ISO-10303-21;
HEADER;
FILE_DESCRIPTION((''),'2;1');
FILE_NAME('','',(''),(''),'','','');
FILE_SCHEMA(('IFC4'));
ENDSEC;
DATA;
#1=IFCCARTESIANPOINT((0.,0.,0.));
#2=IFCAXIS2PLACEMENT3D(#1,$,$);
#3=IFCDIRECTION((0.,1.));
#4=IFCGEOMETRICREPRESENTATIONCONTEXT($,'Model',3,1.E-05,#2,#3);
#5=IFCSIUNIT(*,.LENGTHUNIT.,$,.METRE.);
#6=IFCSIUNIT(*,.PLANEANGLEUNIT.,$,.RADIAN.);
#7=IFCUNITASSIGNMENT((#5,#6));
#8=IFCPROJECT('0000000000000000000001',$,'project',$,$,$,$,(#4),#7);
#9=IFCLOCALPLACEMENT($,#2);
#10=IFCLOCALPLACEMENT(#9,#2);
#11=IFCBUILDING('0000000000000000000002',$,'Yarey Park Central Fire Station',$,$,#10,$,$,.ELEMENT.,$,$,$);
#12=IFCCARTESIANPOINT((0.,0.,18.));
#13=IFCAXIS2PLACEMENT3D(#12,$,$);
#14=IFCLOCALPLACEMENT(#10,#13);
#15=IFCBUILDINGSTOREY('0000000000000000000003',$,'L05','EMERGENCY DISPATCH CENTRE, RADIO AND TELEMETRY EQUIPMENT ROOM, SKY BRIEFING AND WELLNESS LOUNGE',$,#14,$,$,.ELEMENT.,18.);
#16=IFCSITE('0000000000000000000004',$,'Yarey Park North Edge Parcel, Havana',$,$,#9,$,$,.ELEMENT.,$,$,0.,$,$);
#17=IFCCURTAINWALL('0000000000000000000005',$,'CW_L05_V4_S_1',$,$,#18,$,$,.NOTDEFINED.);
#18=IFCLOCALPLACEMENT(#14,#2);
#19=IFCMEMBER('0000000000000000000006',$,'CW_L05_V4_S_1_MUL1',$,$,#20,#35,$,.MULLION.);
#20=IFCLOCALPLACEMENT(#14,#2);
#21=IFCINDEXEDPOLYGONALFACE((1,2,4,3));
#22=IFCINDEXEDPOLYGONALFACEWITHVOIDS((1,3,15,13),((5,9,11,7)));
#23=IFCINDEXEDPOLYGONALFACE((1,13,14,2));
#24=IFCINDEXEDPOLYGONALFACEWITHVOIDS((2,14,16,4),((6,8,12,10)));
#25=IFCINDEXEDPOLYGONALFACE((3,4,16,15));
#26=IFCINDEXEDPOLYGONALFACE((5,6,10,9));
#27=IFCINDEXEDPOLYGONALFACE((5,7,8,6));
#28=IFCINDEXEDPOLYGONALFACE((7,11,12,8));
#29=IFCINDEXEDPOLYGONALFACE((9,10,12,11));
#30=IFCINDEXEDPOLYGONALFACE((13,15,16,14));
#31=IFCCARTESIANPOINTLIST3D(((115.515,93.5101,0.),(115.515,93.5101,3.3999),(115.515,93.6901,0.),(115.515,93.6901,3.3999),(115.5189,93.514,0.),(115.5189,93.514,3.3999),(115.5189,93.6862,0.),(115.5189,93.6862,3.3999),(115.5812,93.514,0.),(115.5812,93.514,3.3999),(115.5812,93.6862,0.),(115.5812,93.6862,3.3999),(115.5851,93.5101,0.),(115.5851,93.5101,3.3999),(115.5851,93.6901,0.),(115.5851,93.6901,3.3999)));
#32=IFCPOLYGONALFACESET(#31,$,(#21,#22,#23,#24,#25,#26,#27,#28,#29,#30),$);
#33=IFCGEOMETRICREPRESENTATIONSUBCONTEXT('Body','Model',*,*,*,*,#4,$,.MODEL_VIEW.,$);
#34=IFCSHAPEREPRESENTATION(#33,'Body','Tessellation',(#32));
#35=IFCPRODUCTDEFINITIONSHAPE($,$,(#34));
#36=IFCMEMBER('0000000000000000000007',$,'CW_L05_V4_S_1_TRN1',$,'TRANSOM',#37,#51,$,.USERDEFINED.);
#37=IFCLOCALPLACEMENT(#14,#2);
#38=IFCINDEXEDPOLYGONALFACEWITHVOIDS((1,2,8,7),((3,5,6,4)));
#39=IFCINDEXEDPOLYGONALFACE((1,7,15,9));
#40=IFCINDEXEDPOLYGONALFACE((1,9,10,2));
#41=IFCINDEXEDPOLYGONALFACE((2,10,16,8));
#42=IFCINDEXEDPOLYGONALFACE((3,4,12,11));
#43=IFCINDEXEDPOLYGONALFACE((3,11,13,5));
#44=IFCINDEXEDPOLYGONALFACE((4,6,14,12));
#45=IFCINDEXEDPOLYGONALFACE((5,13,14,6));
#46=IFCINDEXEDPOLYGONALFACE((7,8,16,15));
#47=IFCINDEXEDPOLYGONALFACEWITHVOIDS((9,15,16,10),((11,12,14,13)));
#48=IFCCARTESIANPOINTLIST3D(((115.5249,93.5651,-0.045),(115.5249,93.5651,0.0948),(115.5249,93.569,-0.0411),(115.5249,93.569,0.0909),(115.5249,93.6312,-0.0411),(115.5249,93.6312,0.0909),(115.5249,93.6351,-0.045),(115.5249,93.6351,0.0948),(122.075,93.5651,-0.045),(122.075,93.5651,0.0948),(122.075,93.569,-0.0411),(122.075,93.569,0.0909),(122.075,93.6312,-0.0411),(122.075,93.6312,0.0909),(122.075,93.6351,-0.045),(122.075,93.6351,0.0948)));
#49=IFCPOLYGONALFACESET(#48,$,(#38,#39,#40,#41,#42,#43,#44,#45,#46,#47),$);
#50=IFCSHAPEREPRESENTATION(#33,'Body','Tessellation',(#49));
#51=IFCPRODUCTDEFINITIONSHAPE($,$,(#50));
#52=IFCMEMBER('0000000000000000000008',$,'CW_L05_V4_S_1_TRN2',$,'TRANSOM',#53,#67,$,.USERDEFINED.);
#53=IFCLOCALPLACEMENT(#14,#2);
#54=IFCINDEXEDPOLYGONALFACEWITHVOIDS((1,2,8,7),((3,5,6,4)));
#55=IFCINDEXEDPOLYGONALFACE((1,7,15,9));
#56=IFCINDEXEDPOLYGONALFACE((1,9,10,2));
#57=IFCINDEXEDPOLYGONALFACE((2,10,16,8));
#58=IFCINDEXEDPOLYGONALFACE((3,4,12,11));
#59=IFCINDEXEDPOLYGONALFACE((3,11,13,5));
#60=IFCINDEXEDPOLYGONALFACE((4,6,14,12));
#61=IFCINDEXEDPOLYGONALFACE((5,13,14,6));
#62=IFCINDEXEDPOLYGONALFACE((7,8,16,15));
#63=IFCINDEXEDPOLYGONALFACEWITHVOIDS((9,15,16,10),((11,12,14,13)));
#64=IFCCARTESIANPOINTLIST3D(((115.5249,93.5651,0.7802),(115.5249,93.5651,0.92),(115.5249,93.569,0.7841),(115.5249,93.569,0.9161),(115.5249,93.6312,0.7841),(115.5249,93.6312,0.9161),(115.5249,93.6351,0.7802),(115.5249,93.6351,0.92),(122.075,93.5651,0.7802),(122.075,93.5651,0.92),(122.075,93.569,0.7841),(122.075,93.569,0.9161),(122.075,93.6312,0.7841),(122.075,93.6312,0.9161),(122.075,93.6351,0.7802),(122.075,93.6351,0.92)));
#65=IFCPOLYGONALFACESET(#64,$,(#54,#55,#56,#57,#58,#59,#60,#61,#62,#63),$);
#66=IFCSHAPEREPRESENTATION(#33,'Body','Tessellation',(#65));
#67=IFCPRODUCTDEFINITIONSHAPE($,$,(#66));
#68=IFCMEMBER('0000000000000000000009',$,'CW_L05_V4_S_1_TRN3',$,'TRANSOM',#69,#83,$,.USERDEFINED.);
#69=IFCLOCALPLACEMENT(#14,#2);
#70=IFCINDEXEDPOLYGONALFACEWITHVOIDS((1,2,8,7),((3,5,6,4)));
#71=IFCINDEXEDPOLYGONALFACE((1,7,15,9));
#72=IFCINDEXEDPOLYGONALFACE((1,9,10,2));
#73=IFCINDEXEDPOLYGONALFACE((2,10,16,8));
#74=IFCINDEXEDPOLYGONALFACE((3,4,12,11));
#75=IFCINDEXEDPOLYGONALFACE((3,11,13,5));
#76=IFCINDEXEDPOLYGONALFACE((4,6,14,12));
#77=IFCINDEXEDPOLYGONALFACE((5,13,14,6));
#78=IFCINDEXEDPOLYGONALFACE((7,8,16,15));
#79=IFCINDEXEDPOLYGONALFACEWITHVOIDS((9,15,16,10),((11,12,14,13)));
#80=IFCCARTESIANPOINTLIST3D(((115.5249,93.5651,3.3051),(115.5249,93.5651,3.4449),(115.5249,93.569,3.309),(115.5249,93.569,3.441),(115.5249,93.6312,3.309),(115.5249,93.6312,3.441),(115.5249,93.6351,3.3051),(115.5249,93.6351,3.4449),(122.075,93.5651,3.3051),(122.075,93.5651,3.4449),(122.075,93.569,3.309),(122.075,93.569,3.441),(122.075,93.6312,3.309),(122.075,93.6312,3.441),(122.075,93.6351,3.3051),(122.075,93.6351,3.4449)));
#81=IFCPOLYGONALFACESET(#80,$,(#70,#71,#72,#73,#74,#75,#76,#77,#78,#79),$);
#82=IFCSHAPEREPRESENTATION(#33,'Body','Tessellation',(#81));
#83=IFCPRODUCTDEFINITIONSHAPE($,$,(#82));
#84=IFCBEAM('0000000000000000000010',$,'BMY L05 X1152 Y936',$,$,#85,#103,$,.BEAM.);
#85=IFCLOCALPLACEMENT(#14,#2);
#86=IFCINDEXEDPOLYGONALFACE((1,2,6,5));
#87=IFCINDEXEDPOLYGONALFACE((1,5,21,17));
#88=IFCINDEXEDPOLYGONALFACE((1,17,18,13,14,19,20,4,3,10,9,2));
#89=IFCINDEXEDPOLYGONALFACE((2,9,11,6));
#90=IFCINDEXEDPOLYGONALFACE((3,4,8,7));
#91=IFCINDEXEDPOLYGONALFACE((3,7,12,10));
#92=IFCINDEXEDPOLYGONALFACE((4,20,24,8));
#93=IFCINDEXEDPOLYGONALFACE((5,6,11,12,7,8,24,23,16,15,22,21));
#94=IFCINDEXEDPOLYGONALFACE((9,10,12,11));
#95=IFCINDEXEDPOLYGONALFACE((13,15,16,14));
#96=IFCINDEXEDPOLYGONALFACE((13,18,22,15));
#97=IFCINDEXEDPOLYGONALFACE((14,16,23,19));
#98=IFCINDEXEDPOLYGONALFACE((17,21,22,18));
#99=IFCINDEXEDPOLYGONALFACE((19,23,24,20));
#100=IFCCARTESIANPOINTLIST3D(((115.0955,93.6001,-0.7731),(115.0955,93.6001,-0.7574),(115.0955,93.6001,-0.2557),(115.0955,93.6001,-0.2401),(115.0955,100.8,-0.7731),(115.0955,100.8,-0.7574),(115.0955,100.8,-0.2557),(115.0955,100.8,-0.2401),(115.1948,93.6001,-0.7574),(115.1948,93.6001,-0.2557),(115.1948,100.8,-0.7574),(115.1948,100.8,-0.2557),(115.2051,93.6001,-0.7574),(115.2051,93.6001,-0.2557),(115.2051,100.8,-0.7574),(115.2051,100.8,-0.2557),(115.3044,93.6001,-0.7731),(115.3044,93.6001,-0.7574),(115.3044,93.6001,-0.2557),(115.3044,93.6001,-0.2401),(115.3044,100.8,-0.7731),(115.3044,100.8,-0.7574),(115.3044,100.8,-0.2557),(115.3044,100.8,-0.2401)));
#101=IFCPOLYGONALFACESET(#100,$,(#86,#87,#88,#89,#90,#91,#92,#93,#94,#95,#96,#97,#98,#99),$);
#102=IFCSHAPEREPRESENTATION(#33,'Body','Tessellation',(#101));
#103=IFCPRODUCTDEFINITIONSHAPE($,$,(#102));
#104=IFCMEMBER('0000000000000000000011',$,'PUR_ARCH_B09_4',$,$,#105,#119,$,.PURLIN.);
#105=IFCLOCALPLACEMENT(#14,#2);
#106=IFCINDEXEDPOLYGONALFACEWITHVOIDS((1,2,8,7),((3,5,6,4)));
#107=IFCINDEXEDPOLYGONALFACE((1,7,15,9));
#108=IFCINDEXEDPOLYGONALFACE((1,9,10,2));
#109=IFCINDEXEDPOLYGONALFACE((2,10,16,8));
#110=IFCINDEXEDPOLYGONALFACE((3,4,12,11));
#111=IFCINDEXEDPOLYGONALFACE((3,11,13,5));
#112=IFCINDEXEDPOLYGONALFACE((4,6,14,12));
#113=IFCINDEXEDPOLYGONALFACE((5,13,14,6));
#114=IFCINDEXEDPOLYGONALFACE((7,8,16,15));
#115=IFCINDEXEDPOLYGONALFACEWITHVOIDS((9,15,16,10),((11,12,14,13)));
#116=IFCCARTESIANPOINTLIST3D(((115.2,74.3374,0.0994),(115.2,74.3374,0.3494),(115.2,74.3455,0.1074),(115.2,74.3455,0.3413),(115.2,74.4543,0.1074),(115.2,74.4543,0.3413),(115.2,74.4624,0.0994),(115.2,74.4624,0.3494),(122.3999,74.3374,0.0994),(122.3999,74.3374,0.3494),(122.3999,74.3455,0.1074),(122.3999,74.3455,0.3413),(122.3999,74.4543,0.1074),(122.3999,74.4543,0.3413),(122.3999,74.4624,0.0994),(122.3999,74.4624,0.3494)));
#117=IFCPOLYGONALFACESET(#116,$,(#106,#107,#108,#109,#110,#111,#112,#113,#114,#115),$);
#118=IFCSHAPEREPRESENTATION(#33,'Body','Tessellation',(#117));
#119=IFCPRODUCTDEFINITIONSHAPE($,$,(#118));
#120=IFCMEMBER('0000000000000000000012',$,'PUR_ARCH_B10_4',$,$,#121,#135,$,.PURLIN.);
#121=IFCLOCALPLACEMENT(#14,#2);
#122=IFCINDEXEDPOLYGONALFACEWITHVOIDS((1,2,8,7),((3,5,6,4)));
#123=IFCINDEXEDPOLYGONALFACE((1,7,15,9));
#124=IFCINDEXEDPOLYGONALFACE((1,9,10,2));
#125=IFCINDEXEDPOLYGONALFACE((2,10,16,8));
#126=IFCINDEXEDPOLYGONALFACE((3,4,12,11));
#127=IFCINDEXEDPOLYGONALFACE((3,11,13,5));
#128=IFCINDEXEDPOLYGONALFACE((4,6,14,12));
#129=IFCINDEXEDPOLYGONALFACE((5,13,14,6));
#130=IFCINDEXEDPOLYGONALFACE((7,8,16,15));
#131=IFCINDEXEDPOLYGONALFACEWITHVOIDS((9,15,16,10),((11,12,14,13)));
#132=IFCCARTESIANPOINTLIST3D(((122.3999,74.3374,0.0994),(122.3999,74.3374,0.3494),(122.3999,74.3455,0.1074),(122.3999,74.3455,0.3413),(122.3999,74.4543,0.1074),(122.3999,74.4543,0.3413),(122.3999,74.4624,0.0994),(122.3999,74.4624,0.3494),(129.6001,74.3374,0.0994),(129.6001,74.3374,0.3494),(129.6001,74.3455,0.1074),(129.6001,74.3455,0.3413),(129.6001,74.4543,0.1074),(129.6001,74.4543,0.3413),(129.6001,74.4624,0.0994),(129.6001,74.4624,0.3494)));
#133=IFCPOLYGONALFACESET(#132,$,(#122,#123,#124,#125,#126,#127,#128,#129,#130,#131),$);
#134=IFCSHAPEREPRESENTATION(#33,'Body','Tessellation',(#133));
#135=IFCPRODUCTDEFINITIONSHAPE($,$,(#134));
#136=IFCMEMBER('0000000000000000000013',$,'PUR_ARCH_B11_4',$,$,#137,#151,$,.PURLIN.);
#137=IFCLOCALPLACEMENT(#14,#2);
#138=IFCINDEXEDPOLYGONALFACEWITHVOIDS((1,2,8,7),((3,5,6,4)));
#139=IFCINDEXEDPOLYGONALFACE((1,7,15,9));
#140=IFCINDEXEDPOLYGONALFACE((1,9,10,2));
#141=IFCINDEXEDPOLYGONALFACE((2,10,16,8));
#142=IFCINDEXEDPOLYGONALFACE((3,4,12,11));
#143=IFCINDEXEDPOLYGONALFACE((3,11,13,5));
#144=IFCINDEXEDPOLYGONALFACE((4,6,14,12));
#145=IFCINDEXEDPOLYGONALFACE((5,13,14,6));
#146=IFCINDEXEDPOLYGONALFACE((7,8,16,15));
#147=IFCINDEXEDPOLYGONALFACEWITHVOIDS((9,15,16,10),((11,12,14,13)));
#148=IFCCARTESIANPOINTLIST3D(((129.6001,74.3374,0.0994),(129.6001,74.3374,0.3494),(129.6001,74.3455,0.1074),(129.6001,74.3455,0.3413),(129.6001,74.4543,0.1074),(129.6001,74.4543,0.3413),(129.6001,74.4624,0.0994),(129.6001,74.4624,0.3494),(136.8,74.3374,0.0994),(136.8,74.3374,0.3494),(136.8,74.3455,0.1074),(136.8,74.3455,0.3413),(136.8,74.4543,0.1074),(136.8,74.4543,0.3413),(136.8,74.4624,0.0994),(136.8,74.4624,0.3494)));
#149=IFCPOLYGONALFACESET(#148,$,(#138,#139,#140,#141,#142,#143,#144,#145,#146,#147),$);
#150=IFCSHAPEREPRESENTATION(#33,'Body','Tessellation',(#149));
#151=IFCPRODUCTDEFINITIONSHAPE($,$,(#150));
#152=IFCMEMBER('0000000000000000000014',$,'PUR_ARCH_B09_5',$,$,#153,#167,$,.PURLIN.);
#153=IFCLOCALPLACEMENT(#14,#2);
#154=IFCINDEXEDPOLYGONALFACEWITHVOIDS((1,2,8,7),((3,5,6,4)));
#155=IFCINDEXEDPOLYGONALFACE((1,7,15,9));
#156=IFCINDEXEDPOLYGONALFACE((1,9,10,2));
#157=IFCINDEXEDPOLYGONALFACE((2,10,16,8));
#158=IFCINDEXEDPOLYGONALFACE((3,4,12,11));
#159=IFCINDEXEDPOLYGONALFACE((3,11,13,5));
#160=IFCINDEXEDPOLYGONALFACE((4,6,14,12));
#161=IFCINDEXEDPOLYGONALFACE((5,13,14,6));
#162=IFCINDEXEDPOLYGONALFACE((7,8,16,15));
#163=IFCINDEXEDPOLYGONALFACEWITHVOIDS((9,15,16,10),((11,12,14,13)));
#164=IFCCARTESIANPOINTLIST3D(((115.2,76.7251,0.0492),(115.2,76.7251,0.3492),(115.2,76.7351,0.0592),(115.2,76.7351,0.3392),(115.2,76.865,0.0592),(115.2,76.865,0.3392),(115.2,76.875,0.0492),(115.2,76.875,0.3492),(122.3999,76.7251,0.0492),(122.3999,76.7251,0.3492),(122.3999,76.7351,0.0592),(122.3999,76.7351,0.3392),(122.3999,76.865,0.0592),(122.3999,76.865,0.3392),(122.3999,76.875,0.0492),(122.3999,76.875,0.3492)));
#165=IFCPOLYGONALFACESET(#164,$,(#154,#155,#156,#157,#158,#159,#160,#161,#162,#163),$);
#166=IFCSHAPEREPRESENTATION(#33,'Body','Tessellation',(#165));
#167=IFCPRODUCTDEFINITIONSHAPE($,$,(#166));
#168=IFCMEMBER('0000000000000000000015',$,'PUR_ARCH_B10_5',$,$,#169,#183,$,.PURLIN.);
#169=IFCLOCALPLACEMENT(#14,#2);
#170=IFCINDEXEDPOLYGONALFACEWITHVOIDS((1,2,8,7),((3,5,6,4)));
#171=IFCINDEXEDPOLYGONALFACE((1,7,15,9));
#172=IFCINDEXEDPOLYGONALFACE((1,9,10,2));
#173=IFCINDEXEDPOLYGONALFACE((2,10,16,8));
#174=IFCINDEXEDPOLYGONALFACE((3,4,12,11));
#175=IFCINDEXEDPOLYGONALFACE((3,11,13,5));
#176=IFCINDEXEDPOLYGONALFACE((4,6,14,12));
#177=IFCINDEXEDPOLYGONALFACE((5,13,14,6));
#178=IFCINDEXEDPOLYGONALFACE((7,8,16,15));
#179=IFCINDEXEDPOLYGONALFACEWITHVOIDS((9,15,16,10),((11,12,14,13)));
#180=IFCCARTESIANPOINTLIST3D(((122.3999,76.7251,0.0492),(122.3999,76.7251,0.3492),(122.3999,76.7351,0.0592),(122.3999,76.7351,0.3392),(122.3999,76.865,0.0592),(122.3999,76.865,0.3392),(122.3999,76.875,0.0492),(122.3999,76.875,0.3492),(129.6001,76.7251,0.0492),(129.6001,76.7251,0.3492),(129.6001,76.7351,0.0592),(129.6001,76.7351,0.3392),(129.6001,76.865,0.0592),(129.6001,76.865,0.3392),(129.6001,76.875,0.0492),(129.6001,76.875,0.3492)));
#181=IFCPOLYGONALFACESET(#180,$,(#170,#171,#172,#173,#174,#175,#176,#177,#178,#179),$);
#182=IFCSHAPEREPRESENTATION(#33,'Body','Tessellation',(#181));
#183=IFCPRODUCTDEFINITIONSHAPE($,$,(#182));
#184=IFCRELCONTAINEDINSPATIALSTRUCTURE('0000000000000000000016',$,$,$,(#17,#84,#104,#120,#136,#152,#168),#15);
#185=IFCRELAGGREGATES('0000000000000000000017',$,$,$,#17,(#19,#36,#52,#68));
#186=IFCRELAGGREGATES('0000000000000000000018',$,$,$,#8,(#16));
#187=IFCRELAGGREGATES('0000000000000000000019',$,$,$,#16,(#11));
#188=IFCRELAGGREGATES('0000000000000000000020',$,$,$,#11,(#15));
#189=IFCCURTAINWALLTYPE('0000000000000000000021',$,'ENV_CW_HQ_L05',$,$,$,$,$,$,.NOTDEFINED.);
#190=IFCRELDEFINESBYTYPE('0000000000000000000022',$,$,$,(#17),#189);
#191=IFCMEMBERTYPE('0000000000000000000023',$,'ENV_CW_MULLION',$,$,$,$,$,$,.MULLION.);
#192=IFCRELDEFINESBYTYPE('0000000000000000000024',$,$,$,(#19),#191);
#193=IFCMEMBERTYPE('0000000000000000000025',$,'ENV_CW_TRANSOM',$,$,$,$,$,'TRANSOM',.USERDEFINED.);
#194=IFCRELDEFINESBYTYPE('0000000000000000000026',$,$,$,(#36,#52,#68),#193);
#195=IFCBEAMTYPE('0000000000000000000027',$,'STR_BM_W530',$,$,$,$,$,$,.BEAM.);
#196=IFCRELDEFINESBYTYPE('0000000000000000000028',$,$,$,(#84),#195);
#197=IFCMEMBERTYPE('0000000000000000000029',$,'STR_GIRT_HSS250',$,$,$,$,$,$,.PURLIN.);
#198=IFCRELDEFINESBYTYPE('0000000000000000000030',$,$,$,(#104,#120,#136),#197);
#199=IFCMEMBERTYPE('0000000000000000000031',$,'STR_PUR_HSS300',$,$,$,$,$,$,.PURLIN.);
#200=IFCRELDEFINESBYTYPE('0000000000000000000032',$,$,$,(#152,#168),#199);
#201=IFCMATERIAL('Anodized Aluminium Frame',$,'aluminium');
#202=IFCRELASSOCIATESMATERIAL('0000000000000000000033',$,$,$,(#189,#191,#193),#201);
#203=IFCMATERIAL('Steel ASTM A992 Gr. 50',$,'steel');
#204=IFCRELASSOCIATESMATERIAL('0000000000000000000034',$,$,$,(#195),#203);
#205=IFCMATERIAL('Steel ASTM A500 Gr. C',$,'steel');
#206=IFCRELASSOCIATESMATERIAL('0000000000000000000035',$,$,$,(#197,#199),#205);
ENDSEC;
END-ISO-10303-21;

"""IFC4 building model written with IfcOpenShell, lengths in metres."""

from ifc_helpers import new_model, si_unit, direction, frame, origin, origin_2d, place, context, subcontext, project, spatial, hollow_rectangle, i_section, extrude, material, material_profile, profile_set, type_object, element, aggregate, save


model = new_model("IFC4")

# Units and contexts
model_context = context("Model", 3, precision=1e-05, world=origin(), true_north=direction((0.0, 1.0)))
body_context = subcontext(model_context, "Body", "Model", "MODEL_VIEW")
ifc_project = project(units=[si_unit("LENGTHUNIT", "METRE"), si_unit("PLANEANGLEUNIT", "RADIAN")], contexts=[model_context])

# Site, building, storey
site_placement = place(None, origin())
site = spatial("IfcSite", under=ifc_project, at=site_placement, Name="Yarey Park North Edge Parcel, Havana", CompositionType="ELEMENT", RefElevation=0.0)
building_placement = place(site_placement, origin())
building = spatial("IfcBuilding", under=site, at=building_placement, Name="Yarey Park Central Fire Station", CompositionType="ELEMENT")
storey_placement = place(building_placement, frame((0.0, 0.0, 18.0)))
storey = spatial("IfcBuildingStorey", under=building, at=storey_placement, Name="L05", Description="EMERGENCY DISPATCH CENTRE, RADIO AND TELEMETRY EQUIPMENT ROOM, SKY BRIEFING AND WELLNESS LOUNGE", CompositionType="ELEMENT", Elevation=18.0)

# Curtain wall, members
ifc_material_1 = material(Name="Anodized Aluminium Frame", Category="aluminium")
curtain_wall_type = type_object("IfcCurtainWallType", Name="ENV_CW_HQ_L05", PredefinedType="NOTDEFINED", material=ifc_material_1)
curtain_wall_placement = place(storey_placement, origin())
curtain_wall = element("IfcCurtainWall", 1, at=curtain_wall_placement, inside=storey, type_object=curtain_wall_type, Name="CW_L05_V4_S_1", PredefinedType="NOTDEFINED")
ifc_material_profile_1 = material_profile(ifc_material_1, hollow_rectangle(XDim=0.0701, YDim=0.1799, WallThickness=0.0039, at=origin_2d()), Name="ALU 180x70x4")
ifc_profile_set_1 = profile_set([ifc_material_profile_1], Name="Anodized Aluminium Frame")
member_type_1 = type_object("IfcMemberType", Name="ENV_CW_MULLION", PredefinedType="MULLION", material=ifc_profile_set_1)
member_1_placement = place(storey_placement, frame((115.55, 93.6001, 0.0), z_axis=(0.0, 0.0, 1.0), x_axis=(1.0, 0.0, 0.0)))
member_1 = element("IfcMember", 2, at=member_1_placement, type_object=member_type_1, Name="CW_L05_V4_S_1_MUL1", PredefinedType="MULLION", context=body_context, shape_type="SweptSolid", body=[
    extrude(hollow_rectangle(XDim=0.0701, YDim=0.1799, WallThickness=0.0039, at=origin_2d()), origin(), (0.0, 0.0, 1.0), 3.3999),
])
ifc_material_profile_2 = material_profile(ifc_material_1, hollow_rectangle(XDim=0.0701, YDim=0.1399, WallThickness=0.0039, at=origin_2d()), Name="ALU 140x70x4")
ifc_profile_set_2 = profile_set([ifc_material_profile_2], Name="Anodized Aluminium Frame")
member_type_2 = type_object("IfcMemberType", Name="ENV_CW_TRANSOM", ElementType="TRANSOM", PredefinedType="USERDEFINED", material=ifc_profile_set_2)
member_2_placement = place(storey_placement, frame((115.5249, 93.6001, 0.0249), z_axis=(1.0, 0.0, 0.0), x_axis=(0.0, 1.0, 0.0)))
member_2 = element("IfcMember", 3, at=member_2_placement, type_object=member_type_2, Name="CW_L05_V4_S_1_TRN1", ObjectType="TRANSOM", PredefinedType="USERDEFINED", context=body_context, shape_type="SweptSolid", body=[
    extrude(hollow_rectangle(XDim=0.0701, YDim=0.1399, WallThickness=0.0039, at=origin_2d()), origin(), (0.0, 0.0, 1.0), 6.55),
])
member_3_placement = place(storey_placement, frame((115.5249, 93.6001, 0.8501), z_axis=(1.0, 0.0, 0.0), x_axis=(0.0, 1.0, 0.0)))
member_3 = element("IfcMember", 4, at=member_3_placement, type_object=member_type_2, Name="CW_L05_V4_S_1_TRN2", ObjectType="TRANSOM", PredefinedType="USERDEFINED", context=body_context, shape_type="SweptSolid", body=[
    extrude(hollow_rectangle(XDim=0.0701, YDim=0.1399, WallThickness=0.0039, at=origin_2d()), origin(), (0.0, 0.0, 1.0), 6.55),
])
member_4_placement = place(storey_placement, frame((115.5249, 93.6001, 3.375), z_axis=(1.0, 0.0, 0.0), x_axis=(0.0, 1.0, 0.0)))
member_4 = element("IfcMember", 5, at=member_4_placement, type_object=member_type_2, Name="CW_L05_V4_S_1_TRN3", ObjectType="TRANSOM", PredefinedType="USERDEFINED", context=body_context, shape_type="SweptSolid", body=[
    extrude(hollow_rectangle(XDim=0.0701, YDim=0.1399, WallThickness=0.0039, at=origin_2d()), origin(), (0.0, 0.0, 1.0), 6.55),
])

# Beam
ifc_material_2 = material(Name="Steel ASTM A992 Gr. 50", Category="steel")
ifc_material_profile_3 = material_profile(ifc_material_2, i_section(OverallWidth=0.209, OverallDepth=0.533, WebThickness=0.0103, FlangeThickness=0.0156, at=origin_2d()), Name="W530x92")
ifc_profile_set_3 = profile_set([ifc_material_profile_3], Name="Steel ASTM A992 Gr. 50")
beam_type = type_object("IfcBeamType", Name="STR_BM_W530", PredefinedType="BEAM", material=ifc_profile_set_3)
beam_placement = place(storey_placement, frame((115.2, 93.6001, -0.5066), z_axis=(0.0, 1.0, 0.0), x_axis=(-1.0, 0.0, 0.0)))
element("IfcBeam", 6, at=beam_placement, inside=storey, type_object=beam_type, Name="BMY L05 X1152 Y936", PredefinedType="BEAM", context=body_context, shape_type="SweptSolid", body=[
    extrude(i_section(OverallWidth=0.209, OverallDepth=0.533, WebThickness=0.0103, FlangeThickness=0.0156, at=origin_2d()), origin(), (0.0, 0.0, 1.0), 7.2),
])

# Members
ifc_material_3 = material(Name="Steel ASTM A500 Gr. C", Category="steel")
ifc_material_profile_4 = material_profile(ifc_material_3, hollow_rectangle(XDim=0.125, YDim=0.25, WallThickness=0.0081, at=origin_2d()), Name="HSS 250x125x8")
ifc_profile_set_4 = profile_set([ifc_material_profile_4], Name="Steel ASTM A500 Gr. C")
member_type_3 = type_object("IfcMemberType", Name="STR_GIRT_HSS250", PredefinedType="PURLIN", material=ifc_profile_set_4)
member_5_placement = place(storey_placement, frame((115.2, 74.3999, 0.2244), z_axis=(1.0, 0.0, 0.0), x_axis=(0.0, 1.0, 0.0)))
element("IfcMember", 7, at=member_5_placement, inside=storey, type_object=member_type_3, Name="PUR_ARCH_B09_4", PredefinedType="PURLIN", context=body_context, shape_type="SweptSolid", body=[
    extrude(hollow_rectangle(XDim=0.125, YDim=0.25, WallThickness=0.0081, at=origin_2d()), origin(), (0.0, 0.0, 1.0), 7.2),
])
member_6_placement = place(storey_placement, frame((122.3999, 74.3999, 0.2244), z_axis=(1.0, 0.0, 0.0), x_axis=(0.0, 1.0, 0.0)))
element("IfcMember", 8, at=member_6_placement, inside=storey, type_object=member_type_3, Name="PUR_ARCH_B10_4", PredefinedType="PURLIN", context=body_context, shape_type="SweptSolid", body=[
    extrude(hollow_rectangle(XDim=0.125, YDim=0.25, WallThickness=0.0081, at=origin_2d()), origin(), (0.0, 0.0, 1.0), 7.2002),
])
member_7_placement = place(storey_placement, frame((129.6001, 74.3999, 0.2244), z_axis=(1.0, 0.0, 0.0), x_axis=(0.0, 1.0, 0.0)))
element("IfcMember", 9, at=member_7_placement, inside=storey, type_object=member_type_3, Name="PUR_ARCH_B11_4", PredefinedType="PURLIN", context=body_context, shape_type="SweptSolid", body=[
    extrude(hollow_rectangle(XDim=0.125, YDim=0.25, WallThickness=0.0081, at=origin_2d()), origin(), (0.0, 0.0, 1.0), 7.2),
])
ifc_material_profile_5 = material_profile(ifc_material_3, hollow_rectangle(XDim=0.1499, YDim=0.3, WallThickness=0.01, at=origin_2d()), Name="HSS 300x150x10")
ifc_profile_set_5 = profile_set([ifc_material_profile_5], Name="Steel ASTM A500 Gr. C")
member_type_4 = type_object("IfcMemberType", Name="STR_PUR_HSS300", PredefinedType="PURLIN", material=ifc_profile_set_5)
member_8_placement = place(storey_placement, frame((115.2, 76.8, 0.1992), z_axis=(1.0, 0.0, 0.0), x_axis=(0.0, 1.0, 0.0)))
element("IfcMember", 10, at=member_8_placement, inside=storey, type_object=member_type_4, Name="PUR_ARCH_B09_5", PredefinedType="PURLIN", context=body_context, shape_type="SweptSolid", body=[
    extrude(hollow_rectangle(XDim=0.1499, YDim=0.3, WallThickness=0.01, at=origin_2d()), origin(), (0.0, 0.0, 1.0), 7.2),
])
member_9_placement = place(storey_placement, frame((122.3999, 76.8, 0.1992), z_axis=(1.0, 0.0, 0.0), x_axis=(0.0, 1.0, 0.0)))
element("IfcMember", 11, at=member_9_placement, inside=storey, type_object=member_type_4, Name="PUR_ARCH_B10_5", PredefinedType="PURLIN", context=body_context, shape_type="SweptSolid", body=[
    extrude(hollow_rectangle(XDim=0.1499, YDim=0.3, WallThickness=0.01, at=origin_2d()), origin(), (0.0, 0.0, 1.0), 7.2002),
])

aggregate(curtain_wall, [member_1, member_2, member_3, member_4])

save(model, "model.ifc")
